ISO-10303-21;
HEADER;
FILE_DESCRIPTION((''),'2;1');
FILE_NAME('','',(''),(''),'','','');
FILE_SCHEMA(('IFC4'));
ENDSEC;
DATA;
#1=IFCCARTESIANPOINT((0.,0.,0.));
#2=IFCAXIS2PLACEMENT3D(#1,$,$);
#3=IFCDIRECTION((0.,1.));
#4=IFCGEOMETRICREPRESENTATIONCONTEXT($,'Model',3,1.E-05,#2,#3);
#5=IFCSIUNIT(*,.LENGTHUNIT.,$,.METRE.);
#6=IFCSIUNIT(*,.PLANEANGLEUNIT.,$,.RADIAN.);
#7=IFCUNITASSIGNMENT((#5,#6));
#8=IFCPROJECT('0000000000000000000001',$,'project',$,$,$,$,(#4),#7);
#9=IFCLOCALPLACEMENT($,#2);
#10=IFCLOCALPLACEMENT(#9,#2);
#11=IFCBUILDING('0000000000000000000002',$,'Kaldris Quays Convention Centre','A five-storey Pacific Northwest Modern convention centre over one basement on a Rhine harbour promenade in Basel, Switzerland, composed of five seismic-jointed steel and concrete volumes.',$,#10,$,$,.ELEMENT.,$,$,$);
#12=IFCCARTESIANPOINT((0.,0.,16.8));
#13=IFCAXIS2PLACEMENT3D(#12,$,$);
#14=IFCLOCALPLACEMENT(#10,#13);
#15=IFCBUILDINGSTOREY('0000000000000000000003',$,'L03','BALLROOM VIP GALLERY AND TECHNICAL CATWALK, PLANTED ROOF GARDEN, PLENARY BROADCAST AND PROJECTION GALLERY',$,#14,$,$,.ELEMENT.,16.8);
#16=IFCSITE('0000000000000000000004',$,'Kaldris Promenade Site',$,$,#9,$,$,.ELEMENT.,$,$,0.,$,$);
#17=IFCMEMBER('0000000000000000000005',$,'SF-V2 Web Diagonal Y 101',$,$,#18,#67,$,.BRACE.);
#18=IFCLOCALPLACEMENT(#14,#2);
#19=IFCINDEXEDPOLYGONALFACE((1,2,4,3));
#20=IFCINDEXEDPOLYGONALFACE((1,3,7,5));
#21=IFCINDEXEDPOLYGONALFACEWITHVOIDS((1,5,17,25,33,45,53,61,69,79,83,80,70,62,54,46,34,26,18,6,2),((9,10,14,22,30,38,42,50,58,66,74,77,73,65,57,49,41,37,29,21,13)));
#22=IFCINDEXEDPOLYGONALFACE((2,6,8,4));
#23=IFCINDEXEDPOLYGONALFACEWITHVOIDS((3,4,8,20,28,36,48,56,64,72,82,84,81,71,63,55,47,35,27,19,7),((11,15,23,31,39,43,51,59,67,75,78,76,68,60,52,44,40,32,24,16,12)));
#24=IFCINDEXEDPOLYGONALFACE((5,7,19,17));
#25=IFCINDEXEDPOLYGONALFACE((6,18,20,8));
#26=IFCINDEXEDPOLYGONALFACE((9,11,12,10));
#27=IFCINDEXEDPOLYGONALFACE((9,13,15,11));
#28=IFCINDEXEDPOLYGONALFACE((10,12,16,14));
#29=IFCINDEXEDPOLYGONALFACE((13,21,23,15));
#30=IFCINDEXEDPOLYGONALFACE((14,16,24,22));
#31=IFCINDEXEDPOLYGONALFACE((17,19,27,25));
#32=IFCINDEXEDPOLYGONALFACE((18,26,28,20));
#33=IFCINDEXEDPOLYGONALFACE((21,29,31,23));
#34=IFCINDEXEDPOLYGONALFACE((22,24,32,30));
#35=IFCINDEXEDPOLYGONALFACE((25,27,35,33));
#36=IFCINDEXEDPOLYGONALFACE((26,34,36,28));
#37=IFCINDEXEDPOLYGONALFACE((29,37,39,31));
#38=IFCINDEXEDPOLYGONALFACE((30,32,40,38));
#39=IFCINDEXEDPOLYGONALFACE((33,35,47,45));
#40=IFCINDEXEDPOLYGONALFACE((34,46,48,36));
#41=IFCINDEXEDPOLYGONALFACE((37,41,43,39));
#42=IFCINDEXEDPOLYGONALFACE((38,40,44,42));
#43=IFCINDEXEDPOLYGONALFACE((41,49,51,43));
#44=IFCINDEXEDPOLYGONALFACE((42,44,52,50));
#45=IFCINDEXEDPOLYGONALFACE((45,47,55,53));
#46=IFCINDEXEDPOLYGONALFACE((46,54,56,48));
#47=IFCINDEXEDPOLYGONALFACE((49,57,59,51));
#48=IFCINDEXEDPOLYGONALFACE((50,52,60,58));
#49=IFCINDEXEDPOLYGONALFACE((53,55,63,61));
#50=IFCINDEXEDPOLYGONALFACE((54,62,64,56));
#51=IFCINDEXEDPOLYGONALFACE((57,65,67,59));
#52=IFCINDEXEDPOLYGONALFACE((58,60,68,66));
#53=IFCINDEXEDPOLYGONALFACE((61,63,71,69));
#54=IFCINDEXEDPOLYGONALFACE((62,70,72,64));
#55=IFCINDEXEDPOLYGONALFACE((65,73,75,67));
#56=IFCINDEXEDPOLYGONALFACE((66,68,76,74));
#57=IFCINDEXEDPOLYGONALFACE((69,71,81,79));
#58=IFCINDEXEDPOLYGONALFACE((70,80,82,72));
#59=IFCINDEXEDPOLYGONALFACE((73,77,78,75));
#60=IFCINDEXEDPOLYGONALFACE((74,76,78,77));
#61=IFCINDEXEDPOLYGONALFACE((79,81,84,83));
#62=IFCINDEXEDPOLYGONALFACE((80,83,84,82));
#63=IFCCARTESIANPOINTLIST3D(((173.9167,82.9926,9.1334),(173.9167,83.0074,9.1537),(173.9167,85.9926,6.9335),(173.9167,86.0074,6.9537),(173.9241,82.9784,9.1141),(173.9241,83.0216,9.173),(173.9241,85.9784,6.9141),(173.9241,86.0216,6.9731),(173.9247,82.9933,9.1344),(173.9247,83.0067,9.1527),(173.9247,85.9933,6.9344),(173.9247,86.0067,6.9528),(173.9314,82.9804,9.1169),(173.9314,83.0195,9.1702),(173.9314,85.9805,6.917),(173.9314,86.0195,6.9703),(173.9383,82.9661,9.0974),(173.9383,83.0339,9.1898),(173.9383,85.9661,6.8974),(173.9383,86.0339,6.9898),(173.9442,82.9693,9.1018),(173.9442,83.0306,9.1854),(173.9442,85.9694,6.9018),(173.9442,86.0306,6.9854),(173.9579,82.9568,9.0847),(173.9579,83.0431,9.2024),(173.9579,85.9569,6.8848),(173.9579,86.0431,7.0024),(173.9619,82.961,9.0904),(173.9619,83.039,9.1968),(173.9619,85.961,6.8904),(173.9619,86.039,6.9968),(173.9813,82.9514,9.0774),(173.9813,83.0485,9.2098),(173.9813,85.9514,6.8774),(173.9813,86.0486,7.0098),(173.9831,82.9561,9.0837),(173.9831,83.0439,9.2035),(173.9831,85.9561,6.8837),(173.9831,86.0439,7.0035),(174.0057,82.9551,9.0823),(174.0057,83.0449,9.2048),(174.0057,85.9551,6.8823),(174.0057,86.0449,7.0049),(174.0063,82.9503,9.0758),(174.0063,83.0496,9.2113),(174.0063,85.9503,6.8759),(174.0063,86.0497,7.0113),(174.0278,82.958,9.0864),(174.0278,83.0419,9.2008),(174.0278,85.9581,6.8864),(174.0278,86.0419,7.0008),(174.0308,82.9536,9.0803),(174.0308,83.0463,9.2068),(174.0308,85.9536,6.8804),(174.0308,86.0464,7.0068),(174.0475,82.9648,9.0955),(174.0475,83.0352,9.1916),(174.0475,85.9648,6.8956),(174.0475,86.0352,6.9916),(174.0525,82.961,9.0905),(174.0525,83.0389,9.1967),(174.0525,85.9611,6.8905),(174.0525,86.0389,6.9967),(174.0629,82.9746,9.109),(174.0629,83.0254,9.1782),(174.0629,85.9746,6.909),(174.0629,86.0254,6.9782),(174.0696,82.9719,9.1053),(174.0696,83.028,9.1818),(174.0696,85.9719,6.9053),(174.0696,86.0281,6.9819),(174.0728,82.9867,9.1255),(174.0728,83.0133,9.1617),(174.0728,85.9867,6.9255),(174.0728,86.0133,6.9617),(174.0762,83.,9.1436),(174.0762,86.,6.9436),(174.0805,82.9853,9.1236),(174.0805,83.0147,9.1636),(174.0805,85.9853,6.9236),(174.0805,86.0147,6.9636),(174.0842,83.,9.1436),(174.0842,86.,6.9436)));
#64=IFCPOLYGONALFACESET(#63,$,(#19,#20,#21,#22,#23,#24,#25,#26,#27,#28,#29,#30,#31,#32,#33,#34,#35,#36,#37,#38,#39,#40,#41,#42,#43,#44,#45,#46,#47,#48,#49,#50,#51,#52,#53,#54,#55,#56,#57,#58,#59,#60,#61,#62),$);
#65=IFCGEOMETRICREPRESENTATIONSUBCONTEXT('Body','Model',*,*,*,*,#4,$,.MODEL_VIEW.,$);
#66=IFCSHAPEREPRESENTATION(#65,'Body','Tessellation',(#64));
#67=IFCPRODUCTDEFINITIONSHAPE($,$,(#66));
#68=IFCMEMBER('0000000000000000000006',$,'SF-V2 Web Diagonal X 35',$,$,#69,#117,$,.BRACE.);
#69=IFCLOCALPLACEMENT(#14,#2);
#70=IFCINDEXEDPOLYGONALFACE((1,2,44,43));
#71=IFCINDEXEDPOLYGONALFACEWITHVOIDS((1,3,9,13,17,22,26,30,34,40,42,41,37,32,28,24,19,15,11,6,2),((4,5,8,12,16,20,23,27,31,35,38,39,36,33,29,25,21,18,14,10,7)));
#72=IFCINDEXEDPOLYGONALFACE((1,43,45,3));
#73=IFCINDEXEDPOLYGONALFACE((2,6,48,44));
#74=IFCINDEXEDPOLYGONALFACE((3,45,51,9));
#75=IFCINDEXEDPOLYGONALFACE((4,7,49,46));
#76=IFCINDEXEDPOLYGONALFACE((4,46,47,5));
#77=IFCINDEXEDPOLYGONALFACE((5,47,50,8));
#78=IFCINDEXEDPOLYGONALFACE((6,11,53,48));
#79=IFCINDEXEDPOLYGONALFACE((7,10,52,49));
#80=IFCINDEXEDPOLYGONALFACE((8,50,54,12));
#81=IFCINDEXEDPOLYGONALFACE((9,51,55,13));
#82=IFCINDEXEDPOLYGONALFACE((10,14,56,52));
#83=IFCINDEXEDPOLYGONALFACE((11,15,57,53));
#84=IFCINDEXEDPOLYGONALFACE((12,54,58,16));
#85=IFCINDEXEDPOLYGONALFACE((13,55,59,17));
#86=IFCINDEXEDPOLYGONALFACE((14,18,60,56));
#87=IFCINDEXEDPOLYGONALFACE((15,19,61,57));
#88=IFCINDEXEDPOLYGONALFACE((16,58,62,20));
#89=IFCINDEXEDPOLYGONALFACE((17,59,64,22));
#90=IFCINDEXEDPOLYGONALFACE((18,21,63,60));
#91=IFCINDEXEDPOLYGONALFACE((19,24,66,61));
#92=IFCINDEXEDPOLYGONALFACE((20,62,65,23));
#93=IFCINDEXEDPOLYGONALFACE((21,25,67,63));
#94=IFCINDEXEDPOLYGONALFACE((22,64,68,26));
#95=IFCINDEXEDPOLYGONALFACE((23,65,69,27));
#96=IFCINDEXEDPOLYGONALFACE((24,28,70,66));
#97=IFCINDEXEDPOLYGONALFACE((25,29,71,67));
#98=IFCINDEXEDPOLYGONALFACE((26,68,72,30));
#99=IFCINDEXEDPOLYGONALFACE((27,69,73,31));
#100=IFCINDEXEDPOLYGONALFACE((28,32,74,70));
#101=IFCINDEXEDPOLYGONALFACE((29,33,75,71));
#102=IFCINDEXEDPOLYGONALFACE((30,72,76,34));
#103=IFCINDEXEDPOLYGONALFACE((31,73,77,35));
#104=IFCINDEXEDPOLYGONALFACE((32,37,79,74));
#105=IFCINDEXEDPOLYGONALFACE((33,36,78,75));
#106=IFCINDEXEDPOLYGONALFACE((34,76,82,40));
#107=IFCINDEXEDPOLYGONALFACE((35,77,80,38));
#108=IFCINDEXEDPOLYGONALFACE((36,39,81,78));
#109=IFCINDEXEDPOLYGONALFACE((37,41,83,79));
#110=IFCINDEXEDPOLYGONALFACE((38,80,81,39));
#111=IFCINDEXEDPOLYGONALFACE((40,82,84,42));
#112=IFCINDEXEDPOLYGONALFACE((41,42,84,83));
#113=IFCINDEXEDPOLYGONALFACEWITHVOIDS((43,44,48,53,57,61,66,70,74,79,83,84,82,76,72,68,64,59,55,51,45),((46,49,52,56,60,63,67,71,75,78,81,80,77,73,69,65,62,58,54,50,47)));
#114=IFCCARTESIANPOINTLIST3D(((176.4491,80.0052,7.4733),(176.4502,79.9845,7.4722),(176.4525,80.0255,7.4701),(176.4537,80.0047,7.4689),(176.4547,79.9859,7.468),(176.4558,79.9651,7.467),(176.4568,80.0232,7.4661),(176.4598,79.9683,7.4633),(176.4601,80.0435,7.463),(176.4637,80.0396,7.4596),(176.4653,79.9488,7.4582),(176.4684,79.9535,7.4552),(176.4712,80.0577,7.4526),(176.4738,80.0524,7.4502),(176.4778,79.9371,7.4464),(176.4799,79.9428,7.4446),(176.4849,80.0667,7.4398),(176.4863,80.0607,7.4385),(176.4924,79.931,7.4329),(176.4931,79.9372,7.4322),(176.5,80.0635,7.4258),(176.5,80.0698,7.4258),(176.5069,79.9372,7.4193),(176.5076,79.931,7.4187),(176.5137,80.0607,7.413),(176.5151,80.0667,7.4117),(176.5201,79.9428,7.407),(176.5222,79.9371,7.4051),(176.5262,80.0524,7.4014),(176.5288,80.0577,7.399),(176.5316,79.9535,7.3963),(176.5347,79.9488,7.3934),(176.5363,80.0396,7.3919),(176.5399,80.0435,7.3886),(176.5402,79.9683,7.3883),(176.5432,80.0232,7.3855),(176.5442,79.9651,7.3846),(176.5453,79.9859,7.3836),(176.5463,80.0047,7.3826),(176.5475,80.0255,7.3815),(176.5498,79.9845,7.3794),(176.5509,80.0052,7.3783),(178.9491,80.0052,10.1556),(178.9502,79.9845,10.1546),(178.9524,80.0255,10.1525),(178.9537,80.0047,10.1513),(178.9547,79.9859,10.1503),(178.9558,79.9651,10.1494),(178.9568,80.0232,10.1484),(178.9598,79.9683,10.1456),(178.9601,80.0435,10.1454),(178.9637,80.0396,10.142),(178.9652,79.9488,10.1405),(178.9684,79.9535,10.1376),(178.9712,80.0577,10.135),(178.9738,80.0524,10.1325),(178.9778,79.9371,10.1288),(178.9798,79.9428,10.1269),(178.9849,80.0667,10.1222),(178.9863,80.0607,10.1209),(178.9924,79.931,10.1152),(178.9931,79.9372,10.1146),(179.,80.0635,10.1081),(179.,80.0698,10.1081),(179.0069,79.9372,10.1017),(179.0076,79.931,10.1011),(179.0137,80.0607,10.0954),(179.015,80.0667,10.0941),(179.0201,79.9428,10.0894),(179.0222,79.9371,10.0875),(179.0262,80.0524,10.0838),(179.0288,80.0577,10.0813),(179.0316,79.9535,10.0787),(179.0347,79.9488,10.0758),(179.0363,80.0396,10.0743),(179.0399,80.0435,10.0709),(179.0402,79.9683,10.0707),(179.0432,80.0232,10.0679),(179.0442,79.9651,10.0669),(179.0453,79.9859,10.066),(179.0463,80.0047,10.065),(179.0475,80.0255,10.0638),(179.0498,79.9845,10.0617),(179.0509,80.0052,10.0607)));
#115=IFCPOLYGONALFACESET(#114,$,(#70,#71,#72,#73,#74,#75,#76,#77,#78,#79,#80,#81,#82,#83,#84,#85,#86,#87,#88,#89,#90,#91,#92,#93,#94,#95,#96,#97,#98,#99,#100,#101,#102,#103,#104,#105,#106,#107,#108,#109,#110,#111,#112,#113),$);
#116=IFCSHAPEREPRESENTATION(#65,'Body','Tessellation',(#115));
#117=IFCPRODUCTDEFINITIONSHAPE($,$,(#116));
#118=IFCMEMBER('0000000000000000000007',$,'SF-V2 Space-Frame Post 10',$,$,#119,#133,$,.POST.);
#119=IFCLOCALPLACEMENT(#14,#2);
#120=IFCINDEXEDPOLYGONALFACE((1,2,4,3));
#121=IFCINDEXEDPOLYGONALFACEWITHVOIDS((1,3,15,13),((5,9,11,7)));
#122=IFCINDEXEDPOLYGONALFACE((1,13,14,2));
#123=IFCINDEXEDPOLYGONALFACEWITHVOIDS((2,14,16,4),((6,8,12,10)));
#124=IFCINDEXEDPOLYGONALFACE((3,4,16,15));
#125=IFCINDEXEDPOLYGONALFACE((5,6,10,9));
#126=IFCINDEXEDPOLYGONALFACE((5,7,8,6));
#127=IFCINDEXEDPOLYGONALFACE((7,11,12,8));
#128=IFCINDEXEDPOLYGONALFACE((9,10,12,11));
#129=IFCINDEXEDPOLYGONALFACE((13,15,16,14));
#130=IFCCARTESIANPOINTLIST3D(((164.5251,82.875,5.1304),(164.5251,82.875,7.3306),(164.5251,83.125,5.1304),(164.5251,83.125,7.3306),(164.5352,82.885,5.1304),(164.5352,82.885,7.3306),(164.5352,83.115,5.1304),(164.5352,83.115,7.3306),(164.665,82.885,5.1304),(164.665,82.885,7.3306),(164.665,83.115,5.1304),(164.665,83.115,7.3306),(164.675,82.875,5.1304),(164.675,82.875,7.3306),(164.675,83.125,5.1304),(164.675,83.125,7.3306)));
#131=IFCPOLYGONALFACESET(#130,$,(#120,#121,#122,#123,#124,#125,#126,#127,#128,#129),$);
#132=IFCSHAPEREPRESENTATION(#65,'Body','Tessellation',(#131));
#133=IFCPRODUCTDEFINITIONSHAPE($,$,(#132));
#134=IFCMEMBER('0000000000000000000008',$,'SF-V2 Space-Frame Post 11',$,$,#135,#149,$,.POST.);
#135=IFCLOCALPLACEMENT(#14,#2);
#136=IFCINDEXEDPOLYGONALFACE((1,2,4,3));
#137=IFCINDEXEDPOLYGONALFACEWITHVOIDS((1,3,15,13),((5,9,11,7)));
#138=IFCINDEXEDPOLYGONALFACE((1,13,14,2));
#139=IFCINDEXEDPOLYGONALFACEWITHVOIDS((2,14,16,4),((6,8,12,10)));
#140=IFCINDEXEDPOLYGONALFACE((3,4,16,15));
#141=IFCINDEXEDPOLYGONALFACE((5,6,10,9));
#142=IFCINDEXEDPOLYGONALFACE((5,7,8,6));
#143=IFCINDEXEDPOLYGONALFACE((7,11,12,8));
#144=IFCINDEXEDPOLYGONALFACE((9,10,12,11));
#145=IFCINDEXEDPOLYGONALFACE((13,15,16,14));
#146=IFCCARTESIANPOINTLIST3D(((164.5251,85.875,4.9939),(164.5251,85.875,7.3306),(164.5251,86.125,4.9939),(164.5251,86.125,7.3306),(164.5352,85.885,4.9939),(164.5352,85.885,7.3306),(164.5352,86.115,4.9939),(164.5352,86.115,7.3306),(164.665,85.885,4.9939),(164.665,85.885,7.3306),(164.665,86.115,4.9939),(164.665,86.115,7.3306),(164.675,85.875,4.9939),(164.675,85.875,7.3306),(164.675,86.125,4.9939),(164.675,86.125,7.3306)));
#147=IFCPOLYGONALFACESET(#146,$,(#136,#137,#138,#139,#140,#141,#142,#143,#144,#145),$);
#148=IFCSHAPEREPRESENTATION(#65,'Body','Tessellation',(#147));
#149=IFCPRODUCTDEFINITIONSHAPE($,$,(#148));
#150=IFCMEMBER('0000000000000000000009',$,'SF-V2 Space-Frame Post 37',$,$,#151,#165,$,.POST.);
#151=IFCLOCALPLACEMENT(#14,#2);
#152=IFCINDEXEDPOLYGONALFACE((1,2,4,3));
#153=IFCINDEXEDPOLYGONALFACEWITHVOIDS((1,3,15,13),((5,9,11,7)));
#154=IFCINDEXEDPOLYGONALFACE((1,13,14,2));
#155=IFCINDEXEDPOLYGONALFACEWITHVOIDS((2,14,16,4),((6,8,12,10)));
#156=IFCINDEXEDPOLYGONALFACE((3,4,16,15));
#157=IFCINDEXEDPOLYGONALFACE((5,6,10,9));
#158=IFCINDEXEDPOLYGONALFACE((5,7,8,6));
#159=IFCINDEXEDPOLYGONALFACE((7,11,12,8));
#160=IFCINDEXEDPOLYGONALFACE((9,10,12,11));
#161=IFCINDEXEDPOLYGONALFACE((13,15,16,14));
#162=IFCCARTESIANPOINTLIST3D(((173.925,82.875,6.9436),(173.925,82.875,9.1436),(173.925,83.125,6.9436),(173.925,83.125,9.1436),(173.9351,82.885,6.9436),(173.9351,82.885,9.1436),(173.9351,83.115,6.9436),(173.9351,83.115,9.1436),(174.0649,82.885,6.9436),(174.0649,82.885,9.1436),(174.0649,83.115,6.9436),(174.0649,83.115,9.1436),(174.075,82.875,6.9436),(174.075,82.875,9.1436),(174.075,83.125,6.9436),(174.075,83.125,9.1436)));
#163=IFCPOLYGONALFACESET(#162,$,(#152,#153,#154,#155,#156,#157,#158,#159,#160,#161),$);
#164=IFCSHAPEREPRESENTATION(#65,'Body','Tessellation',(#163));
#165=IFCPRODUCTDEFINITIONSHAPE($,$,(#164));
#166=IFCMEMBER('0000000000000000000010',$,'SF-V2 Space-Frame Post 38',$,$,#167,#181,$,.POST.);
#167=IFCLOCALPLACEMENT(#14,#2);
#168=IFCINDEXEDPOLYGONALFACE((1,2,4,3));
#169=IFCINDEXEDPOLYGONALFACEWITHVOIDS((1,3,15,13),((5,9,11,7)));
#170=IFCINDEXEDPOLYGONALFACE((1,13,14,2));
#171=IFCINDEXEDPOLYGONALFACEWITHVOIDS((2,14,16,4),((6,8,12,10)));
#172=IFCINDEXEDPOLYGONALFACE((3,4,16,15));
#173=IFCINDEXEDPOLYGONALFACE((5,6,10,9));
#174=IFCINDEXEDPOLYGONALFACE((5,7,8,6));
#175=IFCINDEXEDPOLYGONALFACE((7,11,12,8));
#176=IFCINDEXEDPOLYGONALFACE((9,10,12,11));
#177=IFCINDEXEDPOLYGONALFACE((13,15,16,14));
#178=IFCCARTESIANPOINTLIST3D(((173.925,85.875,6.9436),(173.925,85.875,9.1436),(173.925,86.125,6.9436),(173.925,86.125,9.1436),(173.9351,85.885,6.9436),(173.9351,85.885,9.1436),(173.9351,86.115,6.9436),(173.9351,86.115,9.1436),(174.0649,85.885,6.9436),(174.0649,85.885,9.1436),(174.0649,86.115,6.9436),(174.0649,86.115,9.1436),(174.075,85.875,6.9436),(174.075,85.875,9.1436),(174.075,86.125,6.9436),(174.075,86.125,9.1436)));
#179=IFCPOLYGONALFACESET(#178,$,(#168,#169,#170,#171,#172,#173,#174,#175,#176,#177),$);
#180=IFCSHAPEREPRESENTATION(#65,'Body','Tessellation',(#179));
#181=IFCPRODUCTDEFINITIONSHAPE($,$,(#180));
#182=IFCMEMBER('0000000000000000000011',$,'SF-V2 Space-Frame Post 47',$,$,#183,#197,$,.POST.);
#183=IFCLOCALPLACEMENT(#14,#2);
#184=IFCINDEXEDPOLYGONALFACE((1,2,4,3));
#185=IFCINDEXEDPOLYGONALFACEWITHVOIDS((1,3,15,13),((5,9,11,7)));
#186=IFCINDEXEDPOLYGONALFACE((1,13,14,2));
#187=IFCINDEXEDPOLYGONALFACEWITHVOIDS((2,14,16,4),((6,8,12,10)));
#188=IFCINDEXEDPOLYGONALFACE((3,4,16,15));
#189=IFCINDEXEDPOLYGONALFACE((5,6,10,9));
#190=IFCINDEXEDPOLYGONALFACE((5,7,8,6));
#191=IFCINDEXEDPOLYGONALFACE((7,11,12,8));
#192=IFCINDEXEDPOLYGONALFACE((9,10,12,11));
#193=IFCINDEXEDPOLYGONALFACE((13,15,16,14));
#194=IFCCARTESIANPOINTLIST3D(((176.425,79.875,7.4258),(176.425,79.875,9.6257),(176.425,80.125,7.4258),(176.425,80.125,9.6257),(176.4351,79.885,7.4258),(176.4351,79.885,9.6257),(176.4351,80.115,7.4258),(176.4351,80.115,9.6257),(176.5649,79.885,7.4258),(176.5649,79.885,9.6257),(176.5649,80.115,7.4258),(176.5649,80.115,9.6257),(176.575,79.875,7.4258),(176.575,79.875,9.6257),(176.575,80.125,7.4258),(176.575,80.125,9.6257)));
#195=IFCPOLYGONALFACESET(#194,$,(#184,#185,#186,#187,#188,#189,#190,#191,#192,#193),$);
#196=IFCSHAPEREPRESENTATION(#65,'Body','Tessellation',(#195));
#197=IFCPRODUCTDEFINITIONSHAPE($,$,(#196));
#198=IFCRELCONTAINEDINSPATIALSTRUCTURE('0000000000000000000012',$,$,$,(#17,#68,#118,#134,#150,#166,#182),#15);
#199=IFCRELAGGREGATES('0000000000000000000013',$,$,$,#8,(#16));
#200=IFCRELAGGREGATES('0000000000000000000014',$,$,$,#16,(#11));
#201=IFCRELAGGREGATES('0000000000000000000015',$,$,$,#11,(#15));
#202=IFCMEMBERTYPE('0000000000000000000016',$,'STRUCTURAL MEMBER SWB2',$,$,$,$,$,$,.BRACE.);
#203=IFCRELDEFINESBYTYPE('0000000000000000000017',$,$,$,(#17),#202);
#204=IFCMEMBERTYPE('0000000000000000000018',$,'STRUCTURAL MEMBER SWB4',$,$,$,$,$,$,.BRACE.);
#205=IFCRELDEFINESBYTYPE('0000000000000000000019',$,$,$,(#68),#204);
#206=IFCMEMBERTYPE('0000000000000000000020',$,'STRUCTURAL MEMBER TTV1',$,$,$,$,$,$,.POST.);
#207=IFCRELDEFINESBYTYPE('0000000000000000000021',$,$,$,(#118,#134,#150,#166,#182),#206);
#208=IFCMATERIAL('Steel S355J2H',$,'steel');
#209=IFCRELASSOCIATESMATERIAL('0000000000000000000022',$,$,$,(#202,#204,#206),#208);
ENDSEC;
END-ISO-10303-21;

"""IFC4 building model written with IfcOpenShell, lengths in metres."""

from ifc_helpers import new_model, si_unit, direction, frame, origin, origin_2d, place, context, subcontext, project, spatial, hollow_rectangle, hollow_circle, extrude, material, material_profile, profile_set, type_object, element, save


model = new_model("IFC4")

# Units and contexts
model_context = context("Model", 3, precision=1e-05, world=origin(), true_north=direction((0.0, 1.0)))
body_context = subcontext(model_context, "Body", "Model", "MODEL_VIEW")
ifc_project = project(units=[si_unit("LENGTHUNIT", "METRE"), si_unit("PLANEANGLEUNIT", "RADIAN")], contexts=[model_context])

# Site, building, storey
site_placement = place(None, origin())
site = spatial("IfcSite", under=ifc_project, at=site_placement, Name="Kaldris Promenade Site", CompositionType="ELEMENT", RefElevation=0.0)
building_placement = place(site_placement, origin())
building = spatial("IfcBuilding", under=site, at=building_placement, Name="Kaldris Quays Convention Centre", Description="A five-storey Pacific Northwest Modern convention centre over one basement on a Rhine harbour promenade in Basel, Switzerland, composed of five seismic-jointed steel and concrete volumes.", CompositionType="ELEMENT")
storey_placement = place(building_placement, frame((0.0, 0.0, 16.8)))
storey = spatial("IfcBuildingStorey", under=building, at=storey_placement, Name="L03", Description="BALLROOM VIP GALLERY AND TECHNICAL CATWALK, PLANTED ROOF GARDEN, PLENARY BROADCAST AND PROJECTION GALLERY", CompositionType="ELEMENT", Elevation=16.8)

# Members
ifc_material_1 = material(Name="Steel S355J2H", Category="steel")
ifc_material_profile_1 = material_profile(ifc_material_1, hollow_circle(Radius=0.0842, WallThickness=0.0081, at=origin_2d()), Name="CHS 168.3x8")
ifc_profile_set_1 = profile_set([ifc_material_profile_1], Name="Steel S355J2H")
member_type_1 = type_object("IfcMemberType", Name="STRUCTURAL MEMBER SWB2", PredefinedType="BRACE", material=ifc_profile_set_1)
for number, where, z_axis, x_axis, name in (
    (1, (174.0, 86.0, 6.9436), (0.0, -0.806411, 0.591355), (1.0, 0.0, 0.0), "SF-V2 Web Diagonal Y 101"),
):
    element("IfcMember", number, at=place(storey_placement, frame(where, z_axis=z_axis, x_axis=x_axis)), inside=storey, type_object=member_type_1, Name=name, PredefinedType="BRACE", context=body_context, shape_type="SweptSolid", body=[
        extrude(hollow_circle(Radius=0.0842, WallThickness=0.0081, at=origin_2d()), origin(), (0.0, 0.0, 1.0), 3.7202),
    ])
ifc_material_profile_2 = material_profile(ifc_material_1, hollow_circle(Radius=0.0698, WallThickness=0.0063, at=origin_2d()), Name="CHS 139.7x6.3")
ifc_profile_set_2 = profile_set([ifc_material_profile_2], Name="Steel S355J2H")
member_type_2 = type_object("IfcMemberType", Name="STRUCTURAL MEMBER SWB4", PredefinedType="BRACE", material=ifc_profile_set_2)
member_1_placement = place(storey_placement, frame((176.5, 80.0, 7.4258), z_axis=(0.681801, 0.0, 0.731538), x_axis=(0.0, 1.0, 0.0)))
element("IfcMember", 2, at=member_1_placement, inside=storey, type_object=member_type_2, Name="SF-V2 Web Diagonal X 35", PredefinedType="BRACE", context=body_context, shape_type="SweptSolid", body=[
    extrude(hollow_circle(Radius=0.0698, WallThickness=0.0063, at=origin_2d()), origin(), (0.0, 0.0, 1.0), 3.6667),
])
ifc_material_profile_3 = material_profile(ifc_material_1, hollow_rectangle(XDim=0.1499, YDim=0.25, WallThickness=0.01, at=origin_2d()), Name="RHS 250x150x10")
ifc_profile_set_3 = profile_set([ifc_material_profile_3], Name="Steel S355J2H")
member_type_3 = type_object("IfcMemberType", Name="STRUCTURAL MEMBER TTV1", PredefinedType="POST", material=ifc_profile_set_3)
member_2_placement = place(storey_placement, frame((164.6001, 83.0, 5.1304), z_axis=(0.0, 0.0, 1.0), x_axis=(1.0, 0.0, 0.0)))
element("IfcMember", 3, at=member_2_placement, inside=storey, type_object=member_type_3, Name="SF-V2 Space-Frame Post 10", PredefinedType="POST", context=body_context, shape_type="SweptSolid", body=[
    extrude(hollow_rectangle(XDim=0.1499, YDim=0.25, WallThickness=0.01, at=origin_2d()), origin(), (0.0, 0.0, 1.0), 2.2002),
])
member_3_placement = place(storey_placement, frame((164.6001, 86.0, 4.9939), z_axis=(0.0, 0.0, 1.0), x_axis=(1.0, 0.0, 0.0)))
element("IfcMember", 4, at=member_3_placement, inside=storey, type_object=member_type_3, Name="SF-V2 Space-Frame Post 11", PredefinedType="POST", context=body_context, shape_type="SweptSolid", body=[
    extrude(hollow_rectangle(XDim=0.1499, YDim=0.25, WallThickness=0.01, at=origin_2d()), origin(), (0.0, 0.0, 1.0), 2.3367),
])
for number, where, z_axis, x_axis, name in (
    (5, (174.0, 83.0, 6.9436), (0.0, 0.0, 1.0), (1.0, 0.0, 0.0), "SF-V2 Space-Frame Post 37"),
    (6, (174.0, 86.0, 6.9436), (0.0, 0.0, 1.0), (1.0, 0.0, 0.0), "SF-V2 Space-Frame Post 38"),
    (7, (176.5, 80.0, 7.4258), (0.0, 0.0, 1.0), (1.0, 0.0, 0.0), "SF-V2 Space-Frame Post 47"),
):
    element("IfcMember", number, at=place(storey_placement, frame(where, z_axis=z_axis, x_axis=x_axis)), inside=storey, type_object=member_type_3, Name=name, PredefinedType="POST", context=body_context, shape_type="SweptSolid", body=[
        extrude(hollow_rectangle(XDim=0.1499, YDim=0.25, WallThickness=0.01, at=origin_2d()), origin(), (0.0, 0.0, 1.0), 2.2),
    ])

save(model, "model.ifc")
